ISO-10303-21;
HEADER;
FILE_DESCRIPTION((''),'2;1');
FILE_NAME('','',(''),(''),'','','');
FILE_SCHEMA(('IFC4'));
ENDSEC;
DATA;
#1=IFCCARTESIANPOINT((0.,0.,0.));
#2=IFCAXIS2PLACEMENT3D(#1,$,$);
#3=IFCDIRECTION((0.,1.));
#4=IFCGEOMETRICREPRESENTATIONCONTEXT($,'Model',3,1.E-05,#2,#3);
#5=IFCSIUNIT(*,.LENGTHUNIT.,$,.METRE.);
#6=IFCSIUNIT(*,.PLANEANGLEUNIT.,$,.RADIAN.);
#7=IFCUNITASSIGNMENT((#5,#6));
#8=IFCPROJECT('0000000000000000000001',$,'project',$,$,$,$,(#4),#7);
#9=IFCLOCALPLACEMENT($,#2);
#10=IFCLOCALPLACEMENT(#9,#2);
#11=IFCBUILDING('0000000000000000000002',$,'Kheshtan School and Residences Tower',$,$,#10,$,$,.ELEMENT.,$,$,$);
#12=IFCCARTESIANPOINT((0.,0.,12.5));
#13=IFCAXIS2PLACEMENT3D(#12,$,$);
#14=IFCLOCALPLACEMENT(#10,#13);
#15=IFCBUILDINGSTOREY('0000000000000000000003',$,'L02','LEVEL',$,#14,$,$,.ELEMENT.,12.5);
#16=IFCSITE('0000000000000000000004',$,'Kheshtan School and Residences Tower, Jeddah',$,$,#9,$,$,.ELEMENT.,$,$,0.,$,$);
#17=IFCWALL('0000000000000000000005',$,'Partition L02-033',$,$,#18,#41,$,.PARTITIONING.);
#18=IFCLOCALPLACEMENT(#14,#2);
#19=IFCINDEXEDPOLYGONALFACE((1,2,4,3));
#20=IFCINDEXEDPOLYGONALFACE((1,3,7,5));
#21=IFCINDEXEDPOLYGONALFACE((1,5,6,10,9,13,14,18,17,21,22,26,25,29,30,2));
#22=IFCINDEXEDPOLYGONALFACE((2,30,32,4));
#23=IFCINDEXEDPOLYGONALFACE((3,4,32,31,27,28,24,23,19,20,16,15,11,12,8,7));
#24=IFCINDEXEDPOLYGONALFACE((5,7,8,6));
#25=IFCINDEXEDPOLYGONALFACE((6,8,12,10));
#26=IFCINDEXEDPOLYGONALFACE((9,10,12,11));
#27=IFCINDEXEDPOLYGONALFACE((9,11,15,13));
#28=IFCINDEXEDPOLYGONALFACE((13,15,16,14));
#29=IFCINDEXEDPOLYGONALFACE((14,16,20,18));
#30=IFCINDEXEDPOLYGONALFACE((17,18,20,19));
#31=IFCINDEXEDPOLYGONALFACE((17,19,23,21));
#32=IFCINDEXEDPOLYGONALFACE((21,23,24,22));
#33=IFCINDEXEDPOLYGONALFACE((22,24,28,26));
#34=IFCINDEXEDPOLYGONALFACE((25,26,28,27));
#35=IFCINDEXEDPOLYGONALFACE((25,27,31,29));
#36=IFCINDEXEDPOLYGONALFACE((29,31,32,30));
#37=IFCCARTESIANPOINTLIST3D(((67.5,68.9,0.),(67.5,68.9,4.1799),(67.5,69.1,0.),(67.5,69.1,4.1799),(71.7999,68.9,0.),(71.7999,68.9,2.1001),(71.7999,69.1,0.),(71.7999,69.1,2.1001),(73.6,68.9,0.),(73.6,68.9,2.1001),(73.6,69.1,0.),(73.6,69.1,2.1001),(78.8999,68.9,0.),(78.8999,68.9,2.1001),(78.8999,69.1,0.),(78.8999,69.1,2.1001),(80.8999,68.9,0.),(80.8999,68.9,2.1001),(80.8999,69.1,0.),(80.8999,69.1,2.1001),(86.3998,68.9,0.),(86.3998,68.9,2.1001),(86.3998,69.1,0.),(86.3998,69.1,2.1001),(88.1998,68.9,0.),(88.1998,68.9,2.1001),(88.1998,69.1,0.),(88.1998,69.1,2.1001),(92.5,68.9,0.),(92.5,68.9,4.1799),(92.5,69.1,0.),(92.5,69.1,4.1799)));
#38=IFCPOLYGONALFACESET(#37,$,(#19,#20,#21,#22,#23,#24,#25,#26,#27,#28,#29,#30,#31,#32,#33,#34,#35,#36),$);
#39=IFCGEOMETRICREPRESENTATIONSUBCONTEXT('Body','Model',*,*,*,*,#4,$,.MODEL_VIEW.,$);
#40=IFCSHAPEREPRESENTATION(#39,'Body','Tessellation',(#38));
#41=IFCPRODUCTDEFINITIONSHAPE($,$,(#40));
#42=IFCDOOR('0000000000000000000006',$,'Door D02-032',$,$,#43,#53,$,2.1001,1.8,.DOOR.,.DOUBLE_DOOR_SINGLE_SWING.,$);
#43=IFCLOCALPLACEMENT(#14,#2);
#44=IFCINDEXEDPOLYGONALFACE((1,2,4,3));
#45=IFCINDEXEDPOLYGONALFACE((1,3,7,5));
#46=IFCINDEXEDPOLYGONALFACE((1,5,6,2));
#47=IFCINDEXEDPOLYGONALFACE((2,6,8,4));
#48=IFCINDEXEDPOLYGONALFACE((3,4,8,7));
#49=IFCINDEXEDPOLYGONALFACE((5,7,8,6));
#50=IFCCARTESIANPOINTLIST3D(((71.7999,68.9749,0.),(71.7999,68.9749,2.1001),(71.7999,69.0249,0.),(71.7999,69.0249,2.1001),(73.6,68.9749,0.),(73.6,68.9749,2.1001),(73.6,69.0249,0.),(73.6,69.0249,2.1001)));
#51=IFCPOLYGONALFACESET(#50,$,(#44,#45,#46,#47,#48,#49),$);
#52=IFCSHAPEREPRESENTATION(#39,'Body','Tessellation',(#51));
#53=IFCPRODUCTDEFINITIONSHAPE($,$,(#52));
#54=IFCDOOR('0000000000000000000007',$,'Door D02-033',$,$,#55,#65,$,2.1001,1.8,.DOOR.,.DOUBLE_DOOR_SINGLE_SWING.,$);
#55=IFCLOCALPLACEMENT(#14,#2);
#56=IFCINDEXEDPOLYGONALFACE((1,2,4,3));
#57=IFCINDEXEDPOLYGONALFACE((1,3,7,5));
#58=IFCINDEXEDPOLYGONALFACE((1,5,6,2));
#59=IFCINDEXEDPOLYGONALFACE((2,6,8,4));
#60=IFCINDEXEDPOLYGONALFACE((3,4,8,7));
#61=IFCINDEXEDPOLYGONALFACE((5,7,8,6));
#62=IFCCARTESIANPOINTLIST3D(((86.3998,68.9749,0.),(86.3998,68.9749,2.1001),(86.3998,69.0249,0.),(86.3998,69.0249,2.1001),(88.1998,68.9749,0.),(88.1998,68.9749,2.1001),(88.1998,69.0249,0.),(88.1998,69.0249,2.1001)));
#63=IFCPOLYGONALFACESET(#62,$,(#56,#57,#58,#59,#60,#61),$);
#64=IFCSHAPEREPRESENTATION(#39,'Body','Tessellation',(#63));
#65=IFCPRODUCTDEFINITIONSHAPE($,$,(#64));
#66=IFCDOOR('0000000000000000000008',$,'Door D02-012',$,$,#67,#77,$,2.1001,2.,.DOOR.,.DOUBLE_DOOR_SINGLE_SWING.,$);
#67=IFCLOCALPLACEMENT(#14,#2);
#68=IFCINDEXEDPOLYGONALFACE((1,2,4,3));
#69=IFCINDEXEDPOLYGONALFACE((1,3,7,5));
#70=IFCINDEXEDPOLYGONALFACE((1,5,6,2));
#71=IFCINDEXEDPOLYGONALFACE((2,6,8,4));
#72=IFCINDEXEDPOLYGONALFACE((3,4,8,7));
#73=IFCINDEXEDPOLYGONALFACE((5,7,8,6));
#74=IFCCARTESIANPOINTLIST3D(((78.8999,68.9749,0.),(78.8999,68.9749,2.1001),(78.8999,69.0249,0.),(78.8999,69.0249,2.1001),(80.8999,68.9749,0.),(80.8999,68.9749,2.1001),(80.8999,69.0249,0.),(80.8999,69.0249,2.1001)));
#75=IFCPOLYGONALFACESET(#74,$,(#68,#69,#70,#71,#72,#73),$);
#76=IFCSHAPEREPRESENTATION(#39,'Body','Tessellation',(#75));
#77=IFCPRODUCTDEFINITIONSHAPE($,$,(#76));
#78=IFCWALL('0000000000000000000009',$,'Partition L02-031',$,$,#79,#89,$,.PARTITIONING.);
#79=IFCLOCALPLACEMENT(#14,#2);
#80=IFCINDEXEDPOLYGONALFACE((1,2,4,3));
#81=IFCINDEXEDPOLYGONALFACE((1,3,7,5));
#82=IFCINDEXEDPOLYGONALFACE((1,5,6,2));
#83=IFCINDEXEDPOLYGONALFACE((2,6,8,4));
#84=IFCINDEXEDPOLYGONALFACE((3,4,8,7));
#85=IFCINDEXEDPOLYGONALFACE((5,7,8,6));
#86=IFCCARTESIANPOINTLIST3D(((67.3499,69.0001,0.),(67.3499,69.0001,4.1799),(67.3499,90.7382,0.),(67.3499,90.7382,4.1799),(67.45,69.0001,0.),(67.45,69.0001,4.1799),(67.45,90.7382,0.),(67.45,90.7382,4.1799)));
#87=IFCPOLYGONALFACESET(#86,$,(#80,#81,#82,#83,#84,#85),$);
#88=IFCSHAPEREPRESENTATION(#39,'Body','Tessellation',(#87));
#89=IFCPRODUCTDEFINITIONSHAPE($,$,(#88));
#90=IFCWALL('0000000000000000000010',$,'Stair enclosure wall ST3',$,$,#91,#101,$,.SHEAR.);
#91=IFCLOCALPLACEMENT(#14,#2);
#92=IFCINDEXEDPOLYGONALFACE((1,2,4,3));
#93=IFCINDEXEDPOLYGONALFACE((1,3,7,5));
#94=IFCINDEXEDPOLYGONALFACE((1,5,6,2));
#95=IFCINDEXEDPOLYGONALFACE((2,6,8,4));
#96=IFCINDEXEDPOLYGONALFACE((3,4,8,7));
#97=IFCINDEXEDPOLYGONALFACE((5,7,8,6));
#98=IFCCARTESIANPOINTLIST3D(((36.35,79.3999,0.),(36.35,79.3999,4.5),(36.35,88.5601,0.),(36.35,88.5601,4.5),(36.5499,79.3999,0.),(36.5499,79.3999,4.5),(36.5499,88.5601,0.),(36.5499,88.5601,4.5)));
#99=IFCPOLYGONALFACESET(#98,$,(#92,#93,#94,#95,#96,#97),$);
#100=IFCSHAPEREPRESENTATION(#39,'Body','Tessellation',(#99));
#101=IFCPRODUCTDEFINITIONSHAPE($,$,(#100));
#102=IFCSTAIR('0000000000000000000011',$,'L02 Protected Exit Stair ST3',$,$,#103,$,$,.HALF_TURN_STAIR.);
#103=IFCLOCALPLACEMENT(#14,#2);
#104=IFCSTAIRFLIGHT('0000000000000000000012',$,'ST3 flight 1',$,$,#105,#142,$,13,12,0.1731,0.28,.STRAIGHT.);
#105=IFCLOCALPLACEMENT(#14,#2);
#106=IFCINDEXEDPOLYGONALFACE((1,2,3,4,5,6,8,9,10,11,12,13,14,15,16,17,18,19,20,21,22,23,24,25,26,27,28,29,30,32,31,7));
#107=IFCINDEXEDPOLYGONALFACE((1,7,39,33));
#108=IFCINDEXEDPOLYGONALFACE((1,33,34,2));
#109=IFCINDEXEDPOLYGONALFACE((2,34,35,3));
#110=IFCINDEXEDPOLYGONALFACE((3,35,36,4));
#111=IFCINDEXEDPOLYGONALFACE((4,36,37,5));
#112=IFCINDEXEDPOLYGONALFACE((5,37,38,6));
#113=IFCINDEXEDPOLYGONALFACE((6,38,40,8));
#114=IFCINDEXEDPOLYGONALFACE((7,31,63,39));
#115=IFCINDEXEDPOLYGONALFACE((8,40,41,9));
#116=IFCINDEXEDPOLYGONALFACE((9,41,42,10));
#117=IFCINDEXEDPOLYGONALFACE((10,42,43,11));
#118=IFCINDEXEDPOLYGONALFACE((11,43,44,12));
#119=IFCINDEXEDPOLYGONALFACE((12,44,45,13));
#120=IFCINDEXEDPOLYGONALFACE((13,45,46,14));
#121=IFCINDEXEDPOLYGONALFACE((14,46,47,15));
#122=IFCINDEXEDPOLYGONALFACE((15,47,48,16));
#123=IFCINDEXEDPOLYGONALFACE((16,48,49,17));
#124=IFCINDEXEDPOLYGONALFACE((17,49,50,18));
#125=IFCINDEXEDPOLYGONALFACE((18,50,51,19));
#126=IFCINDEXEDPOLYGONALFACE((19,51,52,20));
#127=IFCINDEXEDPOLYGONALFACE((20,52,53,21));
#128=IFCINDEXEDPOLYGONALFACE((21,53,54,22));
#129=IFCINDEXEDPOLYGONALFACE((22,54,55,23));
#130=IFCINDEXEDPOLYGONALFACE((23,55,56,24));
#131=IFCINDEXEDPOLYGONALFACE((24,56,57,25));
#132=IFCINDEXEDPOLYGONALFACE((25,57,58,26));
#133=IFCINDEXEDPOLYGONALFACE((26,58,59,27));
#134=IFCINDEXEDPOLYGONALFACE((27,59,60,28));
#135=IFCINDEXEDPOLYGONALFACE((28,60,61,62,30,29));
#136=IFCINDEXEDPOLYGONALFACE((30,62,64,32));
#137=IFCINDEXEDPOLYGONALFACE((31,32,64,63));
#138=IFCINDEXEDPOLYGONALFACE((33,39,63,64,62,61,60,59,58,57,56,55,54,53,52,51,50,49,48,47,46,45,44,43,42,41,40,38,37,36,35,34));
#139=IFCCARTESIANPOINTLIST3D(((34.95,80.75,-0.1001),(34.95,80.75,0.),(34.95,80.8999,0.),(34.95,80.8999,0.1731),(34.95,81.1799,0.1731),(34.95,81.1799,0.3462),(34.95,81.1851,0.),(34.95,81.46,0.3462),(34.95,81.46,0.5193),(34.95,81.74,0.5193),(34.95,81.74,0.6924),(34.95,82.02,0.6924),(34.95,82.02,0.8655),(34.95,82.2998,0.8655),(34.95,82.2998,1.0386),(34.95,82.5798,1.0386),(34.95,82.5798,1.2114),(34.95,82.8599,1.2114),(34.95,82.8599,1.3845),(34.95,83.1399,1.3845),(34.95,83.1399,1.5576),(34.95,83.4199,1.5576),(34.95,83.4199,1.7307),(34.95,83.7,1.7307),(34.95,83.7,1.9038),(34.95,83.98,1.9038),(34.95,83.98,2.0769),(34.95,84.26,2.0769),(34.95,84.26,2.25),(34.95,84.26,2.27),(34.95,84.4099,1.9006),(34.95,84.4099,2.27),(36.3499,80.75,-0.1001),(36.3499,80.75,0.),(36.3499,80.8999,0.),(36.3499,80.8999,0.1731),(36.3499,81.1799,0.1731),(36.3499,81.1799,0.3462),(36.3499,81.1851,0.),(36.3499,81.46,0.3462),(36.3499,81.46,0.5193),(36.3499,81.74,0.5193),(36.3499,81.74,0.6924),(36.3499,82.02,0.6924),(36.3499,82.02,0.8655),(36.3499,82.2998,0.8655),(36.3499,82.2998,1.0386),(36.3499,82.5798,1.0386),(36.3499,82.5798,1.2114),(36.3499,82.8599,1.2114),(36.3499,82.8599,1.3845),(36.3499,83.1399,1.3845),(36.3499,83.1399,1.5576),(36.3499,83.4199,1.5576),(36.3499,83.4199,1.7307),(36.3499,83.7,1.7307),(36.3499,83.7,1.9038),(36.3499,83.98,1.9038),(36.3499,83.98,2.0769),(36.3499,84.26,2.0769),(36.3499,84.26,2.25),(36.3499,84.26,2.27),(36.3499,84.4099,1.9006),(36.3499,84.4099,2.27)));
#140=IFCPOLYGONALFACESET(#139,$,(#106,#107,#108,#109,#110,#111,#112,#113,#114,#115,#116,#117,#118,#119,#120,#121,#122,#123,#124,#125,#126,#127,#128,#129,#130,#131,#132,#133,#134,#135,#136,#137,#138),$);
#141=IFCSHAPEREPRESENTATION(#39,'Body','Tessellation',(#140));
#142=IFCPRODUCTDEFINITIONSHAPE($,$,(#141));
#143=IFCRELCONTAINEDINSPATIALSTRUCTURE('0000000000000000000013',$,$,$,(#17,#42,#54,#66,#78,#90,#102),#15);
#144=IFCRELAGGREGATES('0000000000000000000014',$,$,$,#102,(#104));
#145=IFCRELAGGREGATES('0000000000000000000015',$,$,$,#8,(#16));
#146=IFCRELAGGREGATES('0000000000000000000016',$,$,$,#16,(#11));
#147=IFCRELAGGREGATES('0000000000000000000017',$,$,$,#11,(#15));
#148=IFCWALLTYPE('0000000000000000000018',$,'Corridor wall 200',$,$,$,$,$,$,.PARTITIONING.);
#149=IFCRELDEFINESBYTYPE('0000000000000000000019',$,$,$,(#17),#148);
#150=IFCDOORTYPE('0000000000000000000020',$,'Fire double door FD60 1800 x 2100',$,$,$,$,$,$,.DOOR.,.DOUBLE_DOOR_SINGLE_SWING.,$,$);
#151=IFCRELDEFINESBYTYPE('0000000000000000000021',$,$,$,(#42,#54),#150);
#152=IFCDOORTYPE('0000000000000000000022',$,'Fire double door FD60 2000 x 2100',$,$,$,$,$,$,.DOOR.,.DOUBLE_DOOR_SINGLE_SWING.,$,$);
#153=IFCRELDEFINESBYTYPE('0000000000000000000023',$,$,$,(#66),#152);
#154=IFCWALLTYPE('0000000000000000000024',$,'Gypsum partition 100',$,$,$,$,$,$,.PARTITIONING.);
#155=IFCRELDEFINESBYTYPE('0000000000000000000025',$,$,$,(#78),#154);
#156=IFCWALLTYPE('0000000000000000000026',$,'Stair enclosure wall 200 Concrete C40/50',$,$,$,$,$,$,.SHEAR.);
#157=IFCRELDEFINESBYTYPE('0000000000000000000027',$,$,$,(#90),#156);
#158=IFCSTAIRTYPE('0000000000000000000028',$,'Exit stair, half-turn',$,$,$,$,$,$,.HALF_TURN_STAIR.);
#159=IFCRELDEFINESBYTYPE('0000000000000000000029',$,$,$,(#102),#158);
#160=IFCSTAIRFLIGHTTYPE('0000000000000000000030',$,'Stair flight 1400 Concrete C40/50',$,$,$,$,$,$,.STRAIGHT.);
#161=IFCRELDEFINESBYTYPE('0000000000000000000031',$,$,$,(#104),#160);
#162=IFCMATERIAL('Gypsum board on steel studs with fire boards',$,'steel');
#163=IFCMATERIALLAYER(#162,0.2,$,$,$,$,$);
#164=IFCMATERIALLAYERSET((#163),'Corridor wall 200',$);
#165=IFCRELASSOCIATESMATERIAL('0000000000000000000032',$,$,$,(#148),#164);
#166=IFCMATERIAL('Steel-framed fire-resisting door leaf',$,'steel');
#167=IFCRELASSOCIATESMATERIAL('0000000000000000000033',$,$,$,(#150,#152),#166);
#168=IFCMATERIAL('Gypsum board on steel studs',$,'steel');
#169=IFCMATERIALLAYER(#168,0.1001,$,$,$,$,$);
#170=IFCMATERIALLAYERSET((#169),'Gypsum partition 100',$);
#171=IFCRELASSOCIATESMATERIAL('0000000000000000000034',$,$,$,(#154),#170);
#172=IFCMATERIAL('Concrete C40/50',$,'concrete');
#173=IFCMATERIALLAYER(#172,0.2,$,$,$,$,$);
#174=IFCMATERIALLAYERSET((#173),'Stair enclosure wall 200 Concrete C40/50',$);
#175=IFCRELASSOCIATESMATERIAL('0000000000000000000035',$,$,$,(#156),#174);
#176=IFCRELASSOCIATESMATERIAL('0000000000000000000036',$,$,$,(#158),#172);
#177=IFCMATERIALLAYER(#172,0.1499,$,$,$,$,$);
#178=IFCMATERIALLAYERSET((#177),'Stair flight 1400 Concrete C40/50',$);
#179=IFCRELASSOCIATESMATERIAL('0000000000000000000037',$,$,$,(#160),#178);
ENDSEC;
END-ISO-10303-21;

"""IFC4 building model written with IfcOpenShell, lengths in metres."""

from ifc_helpers import new_model, si_unit, direction, frame, frame_2d, origin, place, context, subcontext, project, spatial, polyline, rectangle, outline, extrude, source, transform, mapped, material, layer, layer_set, type_object, element, fill, aggregate, save


model = new_model("IFC4")

# Units and contexts
model_context = context("Model", 3, precision=1e-05, world=origin(), true_north=direction((0.0, 1.0)))
body_context = subcontext(model_context, "Body", "Model", "MODEL_VIEW")
ifc_project = project(units=[si_unit("LENGTHUNIT", "METRE"), si_unit("PLANEANGLEUNIT", "RADIAN")], contexts=[model_context])

# Site, building, storey
site_placement = place(None, origin())
site = spatial("IfcSite", under=ifc_project, at=site_placement, Name="Kheshtan School and Residences Tower, Jeddah", CompositionType="ELEMENT", RefElevation=0.0)
building_placement = place(site_placement, origin())
building = spatial("IfcBuilding", under=site, at=building_placement, Name="Kheshtan School and Residences Tower", CompositionType="ELEMENT")
storey_placement = place(building_placement, frame((0.0, 0.0, 12.5)))
storey = spatial("IfcBuildingStorey", under=building, at=storey_placement, Name="L02", Description="LEVEL", CompositionType="ELEMENT", Elevation=12.5)

# Wall, openings, doors
ifc_material_1 = material(Name="Gypsum board on steel studs with fire boards", Category="steel")
ifc_layer_1 = layer(ifc_material_1, 0.2)
ifc_layer_set_1 = layer_set([ifc_layer_1], Name="Corridor wall 200")
wall_type_1 = type_object("IfcWallType", Name="Corridor wall 200", PredefinedType="PARTITIONING", material=ifc_layer_set_1)
wall_1_placement = place(storey_placement, frame((67.5, 69.0, 0.0), z_axis=(0.0, 0.0, 1.0), x_axis=(1.0, 0.0, 0.0)))
wall_1 = element("IfcWall", 1, at=wall_1_placement, inside=storey, type_object=wall_type_1, Name="Partition L02-033", PredefinedType="PARTITIONING", context=body_context, shape_type="SweptSolid", body=[
    extrude(rectangle(XDim=25.0, YDim=0.2, at=frame_2d((12.5, 0.0))), origin(), (0.0, 0.0, 1.0), 4.1799),
])
opening_1_placement = place(wall_1_placement, frame((11.3999, 0.0, 0.0)))
opening_1 = element("IfcOpeningElement", 2, at=opening_1_placement, cuts=wall_1, PredefinedType="OPENING", context=body_context, shape_type="SweptSolid", body=[
    extrude(rectangle(XDim=2.0, YDim=2.1001, at=frame_2d((1.0, 1.05))), frame((0.0, 0.1099, 0.0), z_axis=(0.0, -1.0, 0.0), x_axis=(1.0, 0.0, 0.0)), (0.0, 0.0, 1.0), 0.22),
])
opening_2_placement = place(wall_1_placement, frame((4.3, 0.0, 0.0)))
opening_2 = element("IfcOpeningElement", 3, at=opening_2_placement, cuts=wall_1, PredefinedType="OPENING", context=body_context, shape_type="SweptSolid", body=[
    extrude(rectangle(XDim=1.8, YDim=2.1001, at=frame_2d((0.8999, 1.05))), frame((0.0, 0.1099, 0.0), z_axis=(0.0, -1.0, 0.0), x_axis=(1.0, 0.0, 0.0)), (0.0, 0.0, 1.0), 0.22),
])
opening_3_placement = place(wall_1_placement, frame((18.8999, 0.0, 0.0)))
opening_3 = element("IfcOpeningElement", 4, at=opening_3_placement, cuts=wall_1, PredefinedType="OPENING", context=body_context, shape_type="SweptSolid", body=[
    extrude(rectangle(XDim=1.8, YDim=2.1001, at=frame_2d((0.8999, 1.05))), frame((0.0, 0.1099, 0.0), z_axis=(0.0, -1.0, 0.0), x_axis=(1.0, 0.0, 0.0)), (0.0, 0.0, 1.0), 0.22),
])
ifc_material_2 = material(Name="Steel-framed fire-resisting door leaf", Category="steel")
door_type_1 = type_object("IfcDoorType", Name="Fire double door FD60 1800 x 2100", OperationType="DOUBLE_DOOR_SINGLE_SWING", PredefinedType="DOOR", material=ifc_material_2)
shared_shape_1 = source(origin(), body_context, "Body", "SweptSolid", [
    extrude(rectangle(XDim=1.8, YDim=2.1001, at=frame_2d((0.8999, 1.05))), frame((0.0, 0.0249, 0.0), z_axis=(0.0, -1.0, 0.0), x_axis=(1.0, 0.0, 0.0)), (0.0, 0.0, 1.0), 0.05),
])
door_1_placement = place(opening_2_placement, origin())
door_1 = element("IfcDoor", 5, at=door_1_placement, inside=storey, type_object=door_type_1, Name="Door D02-032", OperationType="DOUBLE_DOOR_SINGLE_SWING", OverallHeight=2.1001, OverallWidth=1.8, PredefinedType="DOOR", context=body_context, shape_type="MappedRepresentation", body=[
    mapped(shared_shape_1, transform((0.0, 0.0, 0.0), x_axis=(1.0, 0.0, 0.0), y_axis=(0.0, 1.0, 0.0), z_axis=(0.0, 0.0, 1.0), scale=1.0)),
])
fill(opening_2, door_1)
door_2_placement = place(opening_3_placement, origin())
door_2 = element("IfcDoor", 6, at=door_2_placement, inside=storey, type_object=door_type_1, Name="Door D02-033", OperationType="DOUBLE_DOOR_SINGLE_SWING", OverallHeight=2.1001, OverallWidth=1.8, PredefinedType="DOOR", context=body_context, shape_type="MappedRepresentation", body=[
    mapped(shared_shape_1, transform((0.0, 0.0, 0.0), x_axis=(1.0, 0.0, 0.0), y_axis=(0.0, 1.0, 0.0), z_axis=(0.0, 0.0, 1.0), scale=1.0)),
])
fill(opening_3, door_2)
door_type_2 = type_object("IfcDoorType", Name="Fire double door FD60 2000 x 2100", OperationType="DOUBLE_DOOR_SINGLE_SWING", PredefinedType="DOOR", material=ifc_material_2)
shared_shape_2 = source(origin(), body_context, "Body", "SweptSolid", [
    extrude(rectangle(XDim=2.0, YDim=2.1001, at=frame_2d((1.0, 1.05))), frame((0.0, 0.0249, 0.0), z_axis=(0.0, -1.0, 0.0), x_axis=(1.0, 0.0, 0.0)), (0.0, 0.0, 1.0), 0.05),
])
door_3_placement = place(opening_1_placement, origin())
door_3 = element("IfcDoor", 7, at=door_3_placement, inside=storey, type_object=door_type_2, Name="Door D02-012", OperationType="DOUBLE_DOOR_SINGLE_SWING", OverallHeight=2.1001, OverallWidth=2.0, PredefinedType="DOOR", context=body_context, shape_type="MappedRepresentation", body=[
    mapped(shared_shape_2, transform((0.0, 0.0, 0.0), x_axis=(1.0, 0.0, 0.0), y_axis=(0.0, 1.0, 0.0), z_axis=(0.0, 0.0, 1.0), scale=1.0)),
])
fill(opening_1, door_3)

# Walls
ifc_material_3 = material(Name="Gypsum board on steel studs", Category="steel")
ifc_layer_2 = layer(ifc_material_3, 0.1001)
ifc_layer_set_2 = layer_set([ifc_layer_2], Name="Gypsum partition 100")
wall_type_2 = type_object("IfcWallType", Name="Gypsum partition 100", PredefinedType="PARTITIONING", material=ifc_layer_set_2)
wall_2_placement = place(storey_placement, frame((67.3999, 69.0, 0.0), z_axis=(0.0, 0.0, 1.0), x_axis=(0.0, 1.0, 0.0)))
element("IfcWall", 8, at=wall_2_placement, inside=storey, type_object=wall_type_2, Name="Partition L02-031", PredefinedType="PARTITIONING", context=body_context, shape_type="SweptSolid", body=[
    extrude(rectangle(XDim=21.738, YDim=0.1001, at=frame_2d((10.8691, 0.0))), origin(), (0.0, 0.0, 1.0), 4.1799),
])
ifc_material_4 = material(Name="Concrete C40/50", Category="concrete")
ifc_layer_3 = layer(ifc_material_4, 0.2)
ifc_layer_set_3 = layer_set([ifc_layer_3], Name="Stair enclosure wall 200 Concrete C40/50")
wall_type_3 = type_object("IfcWallType", Name="Stair enclosure wall 200 Concrete C40/50", PredefinedType="SHEAR", material=ifc_layer_set_3)
wall_3_placement = place(storey_placement, frame((36.45, 79.3999, 0.0), z_axis=(0.0, 0.0, 1.0), x_axis=(0.0, 1.0, 0.0)))
element("IfcWall", 9, at=wall_3_placement, inside=storey, type_object=wall_type_3, Name="Stair enclosure wall ST3", PredefinedType="SHEAR", context=body_context, shape_type="SweptSolid", body=[
    extrude(rectangle(XDim=9.1602, YDim=0.2, at=frame_2d((4.5801, 0.0))), origin(), (0.0, 0.0, 1.0), 4.5),
])

# Stair, stair flight
stair_type = type_object("IfcStairType", Name="Exit stair, half-turn", PredefinedType="HALF_TURN_STAIR", material=ifc_material_4)
stair_placement = place(storey_placement, origin())
stair = element("IfcStair", 10, at=stair_placement, inside=storey, type_object=stair_type, Name="L02 Protected Exit Stair ST3", PredefinedType="HALF_TURN_STAIR")
ifc_layer_4 = layer(ifc_material_4, 0.1499)
ifc_layer_set_4 = layer_set([ifc_layer_4], Name="Stair flight 1400 Concrete C40/50")
stair_flight_type = type_object("IfcStairFlightType", Name="Stair flight 1400 Concrete C40/50", PredefinedType="STRAIGHT", material=ifc_layer_set_4)
stair_flight_placement = place(storey_placement, frame((35.6499, 80.8999, 0.0), z_axis=(0.0, 0.0, 1.0), x_axis=(0.0, 1.0, 0.0)))
stair_flight = element("IfcStairFlight", 11, at=stair_flight_placement, type_object=stair_flight_type, Name="ST3 flight 1", NumberOfRisers=13, NumberOfTreads=12, PredefinedType="STRAIGHT", RiserHeight=0.1731, TreadLength=0.28, context=body_context, shape_type="SweptSolid", body=[
    extrude(outline(polyline([(-0.1499, -0.1001), (-0.1499, 0.0), (0.0, 0.0), (0.0, 0.1731), (0.28, 0.1731), (0.28, 0.3462), (0.5601, 0.3462), (0.5601, 0.5193), (0.8401, 0.5193), (0.8401, 0.6924), (1.1201, 0.6924), (1.1201, 0.8655), (1.3999, 0.8655), (1.3999, 1.0386), (1.6799, 1.0386), (1.6799, 1.2114), (1.96, 1.2114), (1.96, 1.3845), (2.24, 1.3845), (2.24, 1.5576), (2.52, 1.5576), (2.52, 1.7307), (2.8, 1.7307), (2.8, 1.9038), (3.0801, 1.9038), (3.0801, 2.0769), (3.3601, 2.0769), (3.3601, 2.25), (3.3601, 2.27), (3.51, 2.27), (3.51, 1.9006), (0.2852, 0.0), (-0.1499, -0.1001)])), frame((0.0, 0.7, 0.0), z_axis=(0.0, -1.0, 0.0), x_axis=(1.0, 0.0, 0.0)), (0.0, 0.0, 1.0), 1.3999),
])
aggregate(stair, [stair_flight])

save(model, "model.ifc")
